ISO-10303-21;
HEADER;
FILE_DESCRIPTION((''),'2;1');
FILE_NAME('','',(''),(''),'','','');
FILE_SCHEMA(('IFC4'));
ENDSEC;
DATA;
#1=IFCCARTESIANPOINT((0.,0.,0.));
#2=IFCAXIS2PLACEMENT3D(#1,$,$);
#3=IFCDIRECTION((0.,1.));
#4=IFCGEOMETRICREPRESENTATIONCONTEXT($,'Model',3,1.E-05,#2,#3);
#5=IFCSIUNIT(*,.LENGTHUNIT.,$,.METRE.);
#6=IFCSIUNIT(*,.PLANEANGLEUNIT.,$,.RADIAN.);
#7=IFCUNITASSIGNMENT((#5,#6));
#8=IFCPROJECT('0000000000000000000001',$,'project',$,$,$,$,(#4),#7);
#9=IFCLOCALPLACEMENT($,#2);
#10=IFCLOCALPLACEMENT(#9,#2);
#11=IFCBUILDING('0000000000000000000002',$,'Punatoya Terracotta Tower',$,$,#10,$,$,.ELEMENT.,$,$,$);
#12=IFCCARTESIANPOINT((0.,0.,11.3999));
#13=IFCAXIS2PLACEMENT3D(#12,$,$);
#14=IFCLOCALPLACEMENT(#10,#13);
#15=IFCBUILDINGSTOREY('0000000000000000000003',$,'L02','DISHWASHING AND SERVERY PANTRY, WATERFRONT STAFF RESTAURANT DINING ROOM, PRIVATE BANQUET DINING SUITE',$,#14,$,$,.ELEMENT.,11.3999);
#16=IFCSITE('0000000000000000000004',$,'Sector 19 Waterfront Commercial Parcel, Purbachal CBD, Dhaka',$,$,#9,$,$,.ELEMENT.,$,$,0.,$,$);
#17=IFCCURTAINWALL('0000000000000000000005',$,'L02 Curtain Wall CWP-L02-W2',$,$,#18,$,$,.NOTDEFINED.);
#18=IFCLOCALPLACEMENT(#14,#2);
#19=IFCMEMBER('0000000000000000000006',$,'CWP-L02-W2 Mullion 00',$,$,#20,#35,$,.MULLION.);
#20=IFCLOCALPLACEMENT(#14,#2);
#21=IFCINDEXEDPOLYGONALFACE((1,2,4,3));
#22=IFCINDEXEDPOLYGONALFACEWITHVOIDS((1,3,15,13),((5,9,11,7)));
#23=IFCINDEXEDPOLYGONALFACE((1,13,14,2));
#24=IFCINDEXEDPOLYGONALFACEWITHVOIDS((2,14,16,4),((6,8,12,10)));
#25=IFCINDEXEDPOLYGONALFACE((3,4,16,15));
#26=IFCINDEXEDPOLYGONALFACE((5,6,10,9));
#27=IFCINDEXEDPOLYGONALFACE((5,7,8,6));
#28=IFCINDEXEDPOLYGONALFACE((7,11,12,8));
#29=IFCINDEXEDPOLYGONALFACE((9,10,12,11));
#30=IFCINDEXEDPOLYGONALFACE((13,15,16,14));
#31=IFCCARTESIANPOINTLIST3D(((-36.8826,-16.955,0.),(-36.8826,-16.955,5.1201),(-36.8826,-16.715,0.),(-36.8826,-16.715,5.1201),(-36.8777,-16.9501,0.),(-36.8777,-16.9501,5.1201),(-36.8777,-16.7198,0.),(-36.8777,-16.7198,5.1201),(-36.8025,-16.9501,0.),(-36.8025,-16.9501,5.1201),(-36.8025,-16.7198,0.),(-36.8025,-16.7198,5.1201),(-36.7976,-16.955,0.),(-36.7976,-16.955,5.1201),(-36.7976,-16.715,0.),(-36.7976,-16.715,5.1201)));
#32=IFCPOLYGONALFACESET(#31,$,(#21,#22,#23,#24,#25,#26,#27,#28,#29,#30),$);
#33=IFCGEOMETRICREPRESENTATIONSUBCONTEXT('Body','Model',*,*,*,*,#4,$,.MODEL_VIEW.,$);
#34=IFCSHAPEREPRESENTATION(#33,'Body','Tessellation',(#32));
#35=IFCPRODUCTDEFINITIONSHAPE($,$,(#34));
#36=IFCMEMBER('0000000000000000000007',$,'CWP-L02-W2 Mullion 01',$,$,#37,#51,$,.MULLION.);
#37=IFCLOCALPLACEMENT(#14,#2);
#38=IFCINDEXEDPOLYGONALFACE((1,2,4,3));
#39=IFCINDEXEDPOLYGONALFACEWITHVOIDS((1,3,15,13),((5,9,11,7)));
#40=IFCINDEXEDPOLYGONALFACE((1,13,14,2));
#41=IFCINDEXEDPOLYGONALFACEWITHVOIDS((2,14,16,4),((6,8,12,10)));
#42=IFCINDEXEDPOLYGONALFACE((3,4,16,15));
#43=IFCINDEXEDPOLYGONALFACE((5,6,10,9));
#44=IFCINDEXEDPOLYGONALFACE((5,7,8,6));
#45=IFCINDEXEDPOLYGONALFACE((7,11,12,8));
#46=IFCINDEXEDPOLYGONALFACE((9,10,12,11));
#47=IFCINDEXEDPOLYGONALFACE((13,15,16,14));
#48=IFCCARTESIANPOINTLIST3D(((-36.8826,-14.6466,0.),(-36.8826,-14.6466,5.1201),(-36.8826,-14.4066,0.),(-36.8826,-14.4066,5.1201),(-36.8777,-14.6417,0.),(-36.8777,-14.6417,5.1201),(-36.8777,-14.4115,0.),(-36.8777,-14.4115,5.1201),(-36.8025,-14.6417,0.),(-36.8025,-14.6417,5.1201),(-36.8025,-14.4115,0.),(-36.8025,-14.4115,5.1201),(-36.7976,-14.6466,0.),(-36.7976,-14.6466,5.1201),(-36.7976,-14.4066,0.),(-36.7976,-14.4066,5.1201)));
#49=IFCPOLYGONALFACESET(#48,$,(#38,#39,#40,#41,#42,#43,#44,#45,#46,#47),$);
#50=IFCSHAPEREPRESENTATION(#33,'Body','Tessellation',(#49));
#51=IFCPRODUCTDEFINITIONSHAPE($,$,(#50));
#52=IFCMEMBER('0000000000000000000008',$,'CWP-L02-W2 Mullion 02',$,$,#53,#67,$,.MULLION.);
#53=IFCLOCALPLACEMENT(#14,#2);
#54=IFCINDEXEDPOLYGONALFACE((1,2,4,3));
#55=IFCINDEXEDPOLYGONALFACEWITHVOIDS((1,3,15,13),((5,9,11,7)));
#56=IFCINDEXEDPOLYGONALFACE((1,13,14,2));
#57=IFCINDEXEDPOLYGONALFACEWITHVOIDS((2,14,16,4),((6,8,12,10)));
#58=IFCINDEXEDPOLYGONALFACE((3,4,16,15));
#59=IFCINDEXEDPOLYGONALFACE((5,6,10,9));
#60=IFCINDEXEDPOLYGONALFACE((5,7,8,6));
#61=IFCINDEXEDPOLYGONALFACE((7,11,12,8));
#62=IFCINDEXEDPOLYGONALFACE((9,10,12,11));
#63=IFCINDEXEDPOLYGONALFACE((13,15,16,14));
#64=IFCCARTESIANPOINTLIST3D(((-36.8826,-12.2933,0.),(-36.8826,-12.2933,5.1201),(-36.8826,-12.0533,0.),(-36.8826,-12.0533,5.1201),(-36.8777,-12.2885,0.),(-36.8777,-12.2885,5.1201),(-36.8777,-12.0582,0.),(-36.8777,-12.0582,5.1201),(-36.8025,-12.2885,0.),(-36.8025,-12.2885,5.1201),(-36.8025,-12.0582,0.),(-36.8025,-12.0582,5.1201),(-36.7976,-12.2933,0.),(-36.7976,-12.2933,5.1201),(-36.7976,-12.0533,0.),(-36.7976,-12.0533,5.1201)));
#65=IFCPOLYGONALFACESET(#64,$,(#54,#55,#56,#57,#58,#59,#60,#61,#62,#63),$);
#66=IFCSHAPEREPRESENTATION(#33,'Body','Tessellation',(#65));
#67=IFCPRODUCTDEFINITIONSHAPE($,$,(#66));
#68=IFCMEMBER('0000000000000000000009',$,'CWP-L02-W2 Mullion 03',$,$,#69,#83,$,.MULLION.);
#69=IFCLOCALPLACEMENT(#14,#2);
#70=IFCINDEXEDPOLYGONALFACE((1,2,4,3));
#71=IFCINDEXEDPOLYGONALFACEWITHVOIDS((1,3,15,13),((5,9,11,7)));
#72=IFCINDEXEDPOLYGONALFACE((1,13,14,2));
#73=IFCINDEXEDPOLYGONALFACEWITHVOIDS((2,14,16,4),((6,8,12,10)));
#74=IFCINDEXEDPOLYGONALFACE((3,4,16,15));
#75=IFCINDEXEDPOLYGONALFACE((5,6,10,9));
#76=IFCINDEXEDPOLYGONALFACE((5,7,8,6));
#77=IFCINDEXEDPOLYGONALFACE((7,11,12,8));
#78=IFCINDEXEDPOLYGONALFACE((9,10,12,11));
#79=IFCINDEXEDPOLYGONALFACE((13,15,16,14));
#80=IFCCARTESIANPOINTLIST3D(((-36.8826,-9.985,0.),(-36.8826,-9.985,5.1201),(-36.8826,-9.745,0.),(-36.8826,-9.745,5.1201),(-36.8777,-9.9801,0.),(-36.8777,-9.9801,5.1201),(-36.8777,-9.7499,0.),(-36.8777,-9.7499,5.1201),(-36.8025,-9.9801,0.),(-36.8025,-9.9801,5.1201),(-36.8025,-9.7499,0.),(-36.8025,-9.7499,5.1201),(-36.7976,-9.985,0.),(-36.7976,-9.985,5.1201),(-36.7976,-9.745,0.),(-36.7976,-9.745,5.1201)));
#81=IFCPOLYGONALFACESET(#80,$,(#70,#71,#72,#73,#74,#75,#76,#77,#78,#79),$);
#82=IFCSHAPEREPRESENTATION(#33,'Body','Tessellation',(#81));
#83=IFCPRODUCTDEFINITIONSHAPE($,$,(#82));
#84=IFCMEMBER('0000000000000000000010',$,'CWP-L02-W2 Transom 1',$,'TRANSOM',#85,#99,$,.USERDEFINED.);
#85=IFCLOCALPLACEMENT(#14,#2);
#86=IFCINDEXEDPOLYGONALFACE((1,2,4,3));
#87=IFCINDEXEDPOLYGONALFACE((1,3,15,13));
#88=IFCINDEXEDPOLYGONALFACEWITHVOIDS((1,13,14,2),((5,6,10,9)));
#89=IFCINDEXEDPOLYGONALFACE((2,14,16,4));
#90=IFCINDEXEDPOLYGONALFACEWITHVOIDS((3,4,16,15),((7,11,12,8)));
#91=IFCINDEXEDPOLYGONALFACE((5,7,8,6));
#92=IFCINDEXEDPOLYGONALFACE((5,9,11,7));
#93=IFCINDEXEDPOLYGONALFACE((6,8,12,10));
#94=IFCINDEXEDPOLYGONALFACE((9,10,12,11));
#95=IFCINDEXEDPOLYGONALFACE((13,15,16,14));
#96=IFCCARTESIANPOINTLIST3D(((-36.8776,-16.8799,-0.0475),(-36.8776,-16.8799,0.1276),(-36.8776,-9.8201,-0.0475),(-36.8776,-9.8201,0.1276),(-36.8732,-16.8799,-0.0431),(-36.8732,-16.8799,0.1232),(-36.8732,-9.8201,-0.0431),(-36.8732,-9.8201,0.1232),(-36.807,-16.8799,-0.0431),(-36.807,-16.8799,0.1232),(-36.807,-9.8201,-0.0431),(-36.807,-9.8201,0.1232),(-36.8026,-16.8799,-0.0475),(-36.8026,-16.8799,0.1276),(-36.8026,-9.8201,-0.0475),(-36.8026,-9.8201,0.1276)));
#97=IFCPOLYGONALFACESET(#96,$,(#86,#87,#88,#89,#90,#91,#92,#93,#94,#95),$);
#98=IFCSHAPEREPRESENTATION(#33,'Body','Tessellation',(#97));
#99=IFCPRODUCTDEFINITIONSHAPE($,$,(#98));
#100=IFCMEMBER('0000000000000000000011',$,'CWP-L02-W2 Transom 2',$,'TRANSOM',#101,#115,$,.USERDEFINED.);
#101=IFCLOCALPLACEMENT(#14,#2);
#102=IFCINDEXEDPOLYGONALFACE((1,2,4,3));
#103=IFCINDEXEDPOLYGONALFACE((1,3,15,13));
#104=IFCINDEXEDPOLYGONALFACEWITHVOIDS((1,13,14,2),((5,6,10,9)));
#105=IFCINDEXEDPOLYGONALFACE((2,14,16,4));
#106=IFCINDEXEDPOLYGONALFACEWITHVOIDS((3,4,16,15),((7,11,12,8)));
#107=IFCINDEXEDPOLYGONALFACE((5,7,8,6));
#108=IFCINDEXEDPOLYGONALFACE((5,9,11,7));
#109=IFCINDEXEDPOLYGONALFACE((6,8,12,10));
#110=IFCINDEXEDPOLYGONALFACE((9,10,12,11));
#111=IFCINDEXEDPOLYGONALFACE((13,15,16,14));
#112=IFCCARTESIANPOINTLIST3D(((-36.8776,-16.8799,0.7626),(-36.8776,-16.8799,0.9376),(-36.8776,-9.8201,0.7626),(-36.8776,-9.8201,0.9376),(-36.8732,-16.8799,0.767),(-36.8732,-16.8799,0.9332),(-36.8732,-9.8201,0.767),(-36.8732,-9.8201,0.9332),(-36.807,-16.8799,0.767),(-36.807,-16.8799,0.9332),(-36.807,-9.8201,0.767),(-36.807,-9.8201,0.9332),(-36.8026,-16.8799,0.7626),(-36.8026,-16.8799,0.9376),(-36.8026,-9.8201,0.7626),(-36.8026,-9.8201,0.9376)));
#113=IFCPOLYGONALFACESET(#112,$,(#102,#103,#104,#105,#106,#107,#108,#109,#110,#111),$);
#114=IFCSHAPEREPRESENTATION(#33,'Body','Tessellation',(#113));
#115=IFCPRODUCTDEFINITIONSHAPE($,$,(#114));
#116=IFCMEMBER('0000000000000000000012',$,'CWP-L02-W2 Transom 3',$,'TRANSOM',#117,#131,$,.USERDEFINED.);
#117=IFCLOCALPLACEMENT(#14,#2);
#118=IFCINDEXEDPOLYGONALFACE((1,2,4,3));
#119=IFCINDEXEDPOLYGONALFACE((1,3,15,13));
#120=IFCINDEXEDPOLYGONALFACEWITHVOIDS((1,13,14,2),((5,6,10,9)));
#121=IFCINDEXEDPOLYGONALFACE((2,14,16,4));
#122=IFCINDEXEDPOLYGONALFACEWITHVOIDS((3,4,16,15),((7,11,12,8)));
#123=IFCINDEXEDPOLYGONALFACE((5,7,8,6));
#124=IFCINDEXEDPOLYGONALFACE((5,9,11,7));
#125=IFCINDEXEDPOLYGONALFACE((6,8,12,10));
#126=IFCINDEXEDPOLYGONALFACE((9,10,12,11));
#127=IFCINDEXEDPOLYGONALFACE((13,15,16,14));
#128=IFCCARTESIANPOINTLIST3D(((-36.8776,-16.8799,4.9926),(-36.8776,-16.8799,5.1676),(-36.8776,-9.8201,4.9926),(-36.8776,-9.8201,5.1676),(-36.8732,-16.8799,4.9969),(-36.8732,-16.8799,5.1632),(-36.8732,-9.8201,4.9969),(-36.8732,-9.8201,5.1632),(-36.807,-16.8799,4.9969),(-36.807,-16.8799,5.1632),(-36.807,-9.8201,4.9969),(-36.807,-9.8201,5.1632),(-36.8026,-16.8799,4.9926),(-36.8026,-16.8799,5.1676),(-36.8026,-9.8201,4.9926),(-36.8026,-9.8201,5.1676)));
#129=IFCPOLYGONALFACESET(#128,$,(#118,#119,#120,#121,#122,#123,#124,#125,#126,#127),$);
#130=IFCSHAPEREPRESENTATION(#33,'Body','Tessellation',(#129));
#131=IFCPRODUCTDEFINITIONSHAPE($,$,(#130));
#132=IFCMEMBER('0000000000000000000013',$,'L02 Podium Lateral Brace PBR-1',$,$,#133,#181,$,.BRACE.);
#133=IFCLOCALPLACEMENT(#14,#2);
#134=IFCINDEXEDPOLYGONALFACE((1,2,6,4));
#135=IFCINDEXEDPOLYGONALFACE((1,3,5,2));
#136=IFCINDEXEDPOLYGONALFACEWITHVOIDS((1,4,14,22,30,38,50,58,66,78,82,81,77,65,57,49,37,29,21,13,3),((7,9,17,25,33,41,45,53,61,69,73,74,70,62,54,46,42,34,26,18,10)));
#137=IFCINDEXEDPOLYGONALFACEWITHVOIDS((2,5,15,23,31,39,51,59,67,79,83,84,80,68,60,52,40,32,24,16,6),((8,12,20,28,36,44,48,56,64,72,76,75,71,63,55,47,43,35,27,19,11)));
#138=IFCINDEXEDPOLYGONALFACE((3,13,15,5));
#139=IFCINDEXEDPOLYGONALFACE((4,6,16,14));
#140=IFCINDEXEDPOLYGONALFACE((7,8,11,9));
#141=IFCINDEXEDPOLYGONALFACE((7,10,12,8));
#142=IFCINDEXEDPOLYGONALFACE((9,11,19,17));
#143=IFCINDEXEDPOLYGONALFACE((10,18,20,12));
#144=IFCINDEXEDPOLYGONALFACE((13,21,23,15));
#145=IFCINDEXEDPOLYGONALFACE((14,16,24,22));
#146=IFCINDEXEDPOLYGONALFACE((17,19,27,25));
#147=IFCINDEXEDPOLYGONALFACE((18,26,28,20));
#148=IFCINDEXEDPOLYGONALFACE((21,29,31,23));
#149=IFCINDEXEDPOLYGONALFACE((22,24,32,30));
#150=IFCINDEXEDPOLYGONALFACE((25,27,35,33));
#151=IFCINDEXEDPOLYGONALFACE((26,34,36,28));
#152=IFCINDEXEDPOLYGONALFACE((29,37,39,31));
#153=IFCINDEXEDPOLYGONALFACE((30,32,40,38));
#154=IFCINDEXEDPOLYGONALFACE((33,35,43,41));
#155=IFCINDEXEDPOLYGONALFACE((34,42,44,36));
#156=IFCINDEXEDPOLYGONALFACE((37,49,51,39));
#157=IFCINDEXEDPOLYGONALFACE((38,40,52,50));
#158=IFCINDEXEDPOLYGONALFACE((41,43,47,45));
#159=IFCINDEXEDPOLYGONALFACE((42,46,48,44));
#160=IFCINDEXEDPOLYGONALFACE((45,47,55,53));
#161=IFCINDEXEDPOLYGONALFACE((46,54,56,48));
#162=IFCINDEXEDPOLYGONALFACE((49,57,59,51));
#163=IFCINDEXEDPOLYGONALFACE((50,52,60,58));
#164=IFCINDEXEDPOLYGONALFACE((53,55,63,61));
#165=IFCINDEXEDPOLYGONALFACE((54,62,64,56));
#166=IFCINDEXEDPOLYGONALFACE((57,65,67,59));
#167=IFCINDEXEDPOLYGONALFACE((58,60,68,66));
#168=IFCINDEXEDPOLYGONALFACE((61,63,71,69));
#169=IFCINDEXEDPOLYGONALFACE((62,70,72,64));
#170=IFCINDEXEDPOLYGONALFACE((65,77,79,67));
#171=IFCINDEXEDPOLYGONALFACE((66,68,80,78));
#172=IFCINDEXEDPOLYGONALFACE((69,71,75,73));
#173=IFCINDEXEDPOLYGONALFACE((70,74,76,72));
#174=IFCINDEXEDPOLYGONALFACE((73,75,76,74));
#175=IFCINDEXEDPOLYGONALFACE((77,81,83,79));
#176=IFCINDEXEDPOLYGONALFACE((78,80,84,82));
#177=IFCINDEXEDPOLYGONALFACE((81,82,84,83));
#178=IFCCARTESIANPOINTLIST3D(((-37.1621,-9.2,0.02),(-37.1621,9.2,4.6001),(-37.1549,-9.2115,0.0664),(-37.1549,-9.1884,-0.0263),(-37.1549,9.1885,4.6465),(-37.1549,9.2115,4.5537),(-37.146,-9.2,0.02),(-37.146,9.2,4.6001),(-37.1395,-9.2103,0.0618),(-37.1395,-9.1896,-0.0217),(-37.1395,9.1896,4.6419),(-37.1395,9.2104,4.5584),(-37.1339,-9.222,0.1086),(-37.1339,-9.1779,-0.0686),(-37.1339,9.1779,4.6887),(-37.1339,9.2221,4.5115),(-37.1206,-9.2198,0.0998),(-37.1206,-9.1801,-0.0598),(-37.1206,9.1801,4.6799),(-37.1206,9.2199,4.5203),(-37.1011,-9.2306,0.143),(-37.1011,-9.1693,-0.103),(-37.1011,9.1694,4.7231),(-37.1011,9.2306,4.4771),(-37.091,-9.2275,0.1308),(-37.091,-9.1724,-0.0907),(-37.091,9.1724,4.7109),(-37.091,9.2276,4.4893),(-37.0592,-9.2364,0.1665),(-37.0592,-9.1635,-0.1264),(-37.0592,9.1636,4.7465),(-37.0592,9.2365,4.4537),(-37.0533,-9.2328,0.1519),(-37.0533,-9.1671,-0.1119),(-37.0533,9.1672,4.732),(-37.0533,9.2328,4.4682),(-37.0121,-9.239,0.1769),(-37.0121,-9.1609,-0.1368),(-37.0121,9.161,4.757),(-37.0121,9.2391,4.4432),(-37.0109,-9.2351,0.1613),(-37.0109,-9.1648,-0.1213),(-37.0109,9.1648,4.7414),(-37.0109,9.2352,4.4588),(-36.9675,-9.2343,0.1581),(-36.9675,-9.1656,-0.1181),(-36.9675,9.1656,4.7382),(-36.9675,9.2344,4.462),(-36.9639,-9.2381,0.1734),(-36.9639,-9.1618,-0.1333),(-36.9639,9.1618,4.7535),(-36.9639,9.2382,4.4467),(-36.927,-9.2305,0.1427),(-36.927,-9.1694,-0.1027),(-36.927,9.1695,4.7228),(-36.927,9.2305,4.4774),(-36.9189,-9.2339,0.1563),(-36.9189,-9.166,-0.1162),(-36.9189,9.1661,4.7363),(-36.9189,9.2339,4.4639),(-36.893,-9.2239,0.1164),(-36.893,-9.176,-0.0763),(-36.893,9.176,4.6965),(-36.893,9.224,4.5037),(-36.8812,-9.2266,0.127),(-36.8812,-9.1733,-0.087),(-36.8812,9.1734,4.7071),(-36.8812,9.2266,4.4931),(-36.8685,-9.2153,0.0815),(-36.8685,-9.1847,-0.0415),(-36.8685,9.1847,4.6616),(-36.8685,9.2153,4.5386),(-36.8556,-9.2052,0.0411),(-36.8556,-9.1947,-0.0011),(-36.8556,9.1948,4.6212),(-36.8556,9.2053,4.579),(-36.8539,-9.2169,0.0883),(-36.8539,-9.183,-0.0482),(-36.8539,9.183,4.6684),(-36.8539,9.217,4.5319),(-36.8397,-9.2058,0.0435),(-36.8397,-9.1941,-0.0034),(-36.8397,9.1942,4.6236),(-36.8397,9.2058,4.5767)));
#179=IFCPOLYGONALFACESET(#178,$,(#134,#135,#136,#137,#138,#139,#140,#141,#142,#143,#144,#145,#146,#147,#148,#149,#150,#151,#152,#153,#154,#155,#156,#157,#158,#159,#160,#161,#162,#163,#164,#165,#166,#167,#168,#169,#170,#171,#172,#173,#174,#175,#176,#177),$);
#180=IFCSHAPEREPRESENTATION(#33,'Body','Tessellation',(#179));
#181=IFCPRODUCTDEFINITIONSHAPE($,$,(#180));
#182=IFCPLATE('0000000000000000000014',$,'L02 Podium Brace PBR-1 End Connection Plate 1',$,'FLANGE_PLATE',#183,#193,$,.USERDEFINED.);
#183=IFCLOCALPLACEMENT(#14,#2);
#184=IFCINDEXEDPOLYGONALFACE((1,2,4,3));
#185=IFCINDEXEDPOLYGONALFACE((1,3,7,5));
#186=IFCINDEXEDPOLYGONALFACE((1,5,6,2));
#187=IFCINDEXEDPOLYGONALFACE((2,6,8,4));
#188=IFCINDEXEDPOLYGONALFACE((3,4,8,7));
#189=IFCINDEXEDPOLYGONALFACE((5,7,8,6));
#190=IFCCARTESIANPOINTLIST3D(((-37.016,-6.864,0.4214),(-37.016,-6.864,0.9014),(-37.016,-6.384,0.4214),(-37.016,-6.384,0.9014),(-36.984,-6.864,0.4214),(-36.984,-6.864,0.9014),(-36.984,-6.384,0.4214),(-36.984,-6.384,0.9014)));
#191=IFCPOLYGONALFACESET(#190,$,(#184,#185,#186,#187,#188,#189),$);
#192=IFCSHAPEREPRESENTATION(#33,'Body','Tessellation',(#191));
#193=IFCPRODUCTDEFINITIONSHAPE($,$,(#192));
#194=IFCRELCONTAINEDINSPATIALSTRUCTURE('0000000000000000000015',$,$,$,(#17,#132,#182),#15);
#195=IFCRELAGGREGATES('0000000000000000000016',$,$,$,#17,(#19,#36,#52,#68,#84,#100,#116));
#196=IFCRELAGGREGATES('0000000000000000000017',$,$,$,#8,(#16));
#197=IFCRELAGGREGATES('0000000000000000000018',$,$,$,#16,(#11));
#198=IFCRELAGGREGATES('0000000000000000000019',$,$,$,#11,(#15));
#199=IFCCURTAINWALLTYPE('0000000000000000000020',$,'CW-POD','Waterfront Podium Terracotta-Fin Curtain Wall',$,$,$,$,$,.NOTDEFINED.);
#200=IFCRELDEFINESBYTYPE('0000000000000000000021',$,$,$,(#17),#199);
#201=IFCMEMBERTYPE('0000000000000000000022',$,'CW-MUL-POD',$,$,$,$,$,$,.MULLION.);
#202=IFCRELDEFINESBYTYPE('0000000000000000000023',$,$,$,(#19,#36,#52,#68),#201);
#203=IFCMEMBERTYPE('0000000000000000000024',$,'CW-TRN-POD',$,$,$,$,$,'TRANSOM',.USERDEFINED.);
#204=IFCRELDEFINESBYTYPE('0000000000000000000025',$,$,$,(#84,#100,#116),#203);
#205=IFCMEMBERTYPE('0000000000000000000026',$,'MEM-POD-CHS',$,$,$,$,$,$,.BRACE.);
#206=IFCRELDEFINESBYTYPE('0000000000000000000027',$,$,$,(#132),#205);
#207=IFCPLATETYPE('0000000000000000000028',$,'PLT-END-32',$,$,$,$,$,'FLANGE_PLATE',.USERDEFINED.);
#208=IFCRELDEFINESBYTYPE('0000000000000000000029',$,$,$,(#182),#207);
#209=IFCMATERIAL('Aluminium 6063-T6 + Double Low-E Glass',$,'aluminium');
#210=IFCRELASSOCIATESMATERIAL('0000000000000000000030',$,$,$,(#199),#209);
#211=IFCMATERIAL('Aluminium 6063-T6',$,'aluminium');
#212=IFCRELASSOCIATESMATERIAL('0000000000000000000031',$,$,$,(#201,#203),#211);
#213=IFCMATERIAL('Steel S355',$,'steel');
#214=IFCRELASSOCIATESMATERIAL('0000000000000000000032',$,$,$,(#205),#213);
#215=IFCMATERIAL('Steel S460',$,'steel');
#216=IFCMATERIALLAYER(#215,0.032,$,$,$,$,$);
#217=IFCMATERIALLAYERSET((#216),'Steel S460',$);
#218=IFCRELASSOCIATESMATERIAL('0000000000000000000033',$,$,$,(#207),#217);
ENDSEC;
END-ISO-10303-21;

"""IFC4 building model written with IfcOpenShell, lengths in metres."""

from ifc_helpers import new_model, si_unit, direction, frame, origin, origin_2d, place, context, subcontext, project, spatial, rectangle, hollow_rectangle, hollow_circle, extrude, material, layer, layer_set, material_profile, profile_set, type_object, element, aggregate, save


model = new_model("IFC4")

# Units and contexts
model_context = context("Model", 3, precision=1e-05, world=origin(), true_north=direction((0.0, 1.0)))
body_context = subcontext(model_context, "Body", "Model", "MODEL_VIEW")
ifc_project = project(units=[si_unit("LENGTHUNIT", "METRE"), si_unit("PLANEANGLEUNIT", "RADIAN")], contexts=[model_context])

# Site, building, storey
site_placement = place(None, origin())
site = spatial("IfcSite", under=ifc_project, at=site_placement, Name="Sector 19 Waterfront Commercial Parcel, Purbachal CBD, Dhaka", CompositionType="ELEMENT", RefElevation=0.0)
building_placement = place(site_placement, origin())
building = spatial("IfcBuilding", under=site, at=building_placement, Name="Punatoya Terracotta Tower", CompositionType="ELEMENT")
storey_placement = place(building_placement, frame((0.0, 0.0, 11.3999)))
storey = spatial("IfcBuildingStorey", under=building, at=storey_placement, Name="L02", Description="DISHWASHING AND SERVERY PANTRY, WATERFRONT STAFF RESTAURANT DINING ROOM, PRIVATE BANQUET DINING SUITE", CompositionType="ELEMENT", Elevation=11.3999)

# Shared definitions
ifc_material_1 = material(Name="Steel S355", Category="steel")

# Curtain wall, members
ifc_material_2 = material(Name="Aluminium 6063-T6 + Double Low-E Glass", Category="aluminium")
curtain_wall_type = type_object("IfcCurtainWallType", Name="CW-POD", Description="Waterfront Podium Terracotta-Fin Curtain Wall", PredefinedType="NOTDEFINED", material=ifc_material_2)
ifc_material_3 = material(Name="Aluminium 6063-T6", Category="aluminium")
ifc_material_profile_1 = material_profile(ifc_material_3, hollow_rectangle(XDim=0.085, YDim=0.24, WallThickness=0.0049, at=origin_2d()))
ifc_profile_set_1 = profile_set([ifc_material_profile_1], Name="Aluminium 6063-T6")
member_type_1 = type_object("IfcMemberType", Name="CW-MUL-POD", PredefinedType="MULLION", material=ifc_profile_set_1)
curtain_wall_1_placement = place(storey_placement, origin())
curtain_wall_1 = element("IfcCurtainWall", 1, at=curtain_wall_1_placement, inside=storey, type_object=curtain_wall_type, Name="L02 Curtain Wall CWP-L02-W2", PredefinedType="NOTDEFINED")
member_1_placement = place(storey_placement, frame((-36.8401, -16.835, 0.0), z_axis=(0.0, 0.0, 1.0), x_axis=(1.0, 0.0, 0.0)))
member_1 = element("IfcMember", 2, at=member_1_placement, type_object=member_type_1, Name="CWP-L02-W2 Mullion 00", PredefinedType="MULLION", context=body_context, shape_type="SweptSolid", body=[
    extrude(hollow_rectangle(XDim=0.085, YDim=0.24, WallThickness=0.0049, at=origin_2d()), origin(), (0.0, 0.0, 1.0), 5.1201),
])
member_2_placement = place(storey_placement, frame((-36.8401, -14.5266, 0.0), z_axis=(0.0, 0.0, 1.0), x_axis=(1.0, 0.0, 0.0)))
member_2 = element("IfcMember", 3, at=member_2_placement, type_object=member_type_1, Name="CWP-L02-W2 Mullion 01", PredefinedType="MULLION", context=body_context, shape_type="SweptSolid", body=[
    extrude(hollow_rectangle(XDim=0.085, YDim=0.24, WallThickness=0.0049, at=origin_2d()), origin(), (0.0, 0.0, 1.0), 5.1201),
])
member_3_placement = place(storey_placement, frame((-36.8401, -12.1733, 0.0), z_axis=(0.0, 0.0, 1.0), x_axis=(1.0, 0.0, 0.0)))
member_3 = element("IfcMember", 4, at=member_3_placement, type_object=member_type_1, Name="CWP-L02-W2 Mullion 02", PredefinedType="MULLION", context=body_context, shape_type="SweptSolid", body=[
    extrude(hollow_rectangle(XDim=0.085, YDim=0.24, WallThickness=0.0049, at=origin_2d()), origin(), (0.0, 0.0, 1.0), 5.1201),
])
member_4_placement = place(storey_placement, frame((-36.8401, -9.865, 0.0), z_axis=(0.0, 0.0, 1.0), x_axis=(1.0, 0.0, 0.0)))
member_4 = element("IfcMember", 5, at=member_4_placement, type_object=member_type_1, Name="CWP-L02-W2 Mullion 03", PredefinedType="MULLION", context=body_context, shape_type="SweptSolid", body=[
    extrude(hollow_rectangle(XDim=0.085, YDim=0.24, WallThickness=0.0049, at=origin_2d()), origin(), (0.0, 0.0, 1.0), 5.1201),
])
ifc_material_profile_2 = material_profile(ifc_material_3, hollow_rectangle(XDim=0.075, YDim=0.175, WallThickness=0.0044, at=origin_2d()))
ifc_profile_set_2 = profile_set([ifc_material_profile_2], Name="Aluminium 6063-T6")
member_type_2 = type_object("IfcMemberType", Name="CW-TRN-POD", ElementType="TRANSOM", PredefinedType="USERDEFINED", material=ifc_profile_set_2)
member_5_placement = place(storey_placement, frame((-36.8401, -16.8799, 0.04), z_axis=(0.0, 1.0, 0.0), x_axis=(-1.0, 0.0, 0.0)))
member_5 = element("IfcMember", 6, at=member_5_placement, type_object=member_type_2, Name="CWP-L02-W2 Transom 1", ObjectType="TRANSOM", PredefinedType="USERDEFINED", context=body_context, shape_type="SweptSolid", body=[
    extrude(hollow_rectangle(XDim=0.075, YDim=0.175, WallThickness=0.0044, at=origin_2d()), origin(), (0.0, 0.0, 1.0), 7.0598),
])
member_6_placement = place(storey_placement, frame((-36.8401, -16.8799, 0.8501), z_axis=(0.0, 1.0, 0.0), x_axis=(-1.0, 0.0, 0.0)))
member_6 = element("IfcMember", 7, at=member_6_placement, type_object=member_type_2, Name="CWP-L02-W2 Transom 2", ObjectType="TRANSOM", PredefinedType="USERDEFINED", context=body_context, shape_type="SweptSolid", body=[
    extrude(hollow_rectangle(XDim=0.075, YDim=0.175, WallThickness=0.0044, at=origin_2d()), origin(), (0.0, 0.0, 1.0), 7.0598),
])
member_7_placement = place(storey_placement, frame((-36.8401, -16.8799, 5.0801), z_axis=(0.0, 1.0, 0.0), x_axis=(-1.0, 0.0, 0.0)))
member_7 = element("IfcMember", 8, at=member_7_placement, type_object=member_type_2, Name="CWP-L02-W2 Transom 3", ObjectType="TRANSOM", PredefinedType="USERDEFINED", context=body_context, shape_type="SweptSolid", body=[
    extrude(hollow_rectangle(XDim=0.075, YDim=0.175, WallThickness=0.0044, at=origin_2d()), origin(), (0.0, 0.0, 1.0), 7.0598),
])

# Member
ifc_material_profile_3 = material_profile(ifc_material_1, hollow_circle(Radius=0.1621, WallThickness=0.0161, at=origin_2d()))
ifc_profile_set_3 = profile_set([ifc_material_profile_3], Name="Steel S355")
member_type_3 = type_object("IfcMemberType", Name="MEM-POD-CHS", PredefinedType="BRACE", material=ifc_profile_set_3)
member_8_placement = place(storey_placement, frame((-37.0, -9.2, 0.02), z_axis=(0.0, 0.970389, 0.241548), x_axis=(-1.0, 0.0, 0.0)))
element("IfcMember", 9, at=member_8_placement, inside=storey, type_object=member_type_3, Name="L02 Podium Lateral Brace PBR-1", PredefinedType="BRACE", context=body_context, shape_type="SweptSolid", body=[
    extrude(hollow_circle(Radius=0.1621, WallThickness=0.0161, at=origin_2d()), origin(), (0.0, 0.0, 1.0), 18.9614),
])

# Plate
ifc_material_4 = material(Name="Steel S460", Category="steel")
ifc_layer_1 = layer(ifc_material_4, 0.032)
ifc_layer_set_1 = layer_set([ifc_layer_1], Name="Steel S460")
plate_type_1 = type_object("IfcPlateType", Name="PLT-END-32", ElementType="FLANGE_PLATE", PredefinedType="USERDEFINED", material=ifc_layer_set_1)
plate_1_placement = place(storey_placement, frame((-37.0, -6.624, 0.4214), z_axis=(0.0, 0.0, 1.0), x_axis=(1.0, 0.0, 0.0)))
element("IfcPlate", 10, at=plate_1_placement, inside=storey, type_object=plate_type_1, Name="L02 Podium Brace PBR-1 End Connection Plate 1", ObjectType="FLANGE_PLATE", PredefinedType="USERDEFINED", context=body_context, shape_type="SweptSolid", body=[
    extrude(rectangle(XDim=0.032, YDim=0.48, at=origin_2d()), origin(), (0.0, 0.0, 1.0), 0.48),
])
aggregate(curtain_wall_1, [member_1, member_2, member_3, member_4, member_5, member_6, member_7])

save(model, "model.ifc")
